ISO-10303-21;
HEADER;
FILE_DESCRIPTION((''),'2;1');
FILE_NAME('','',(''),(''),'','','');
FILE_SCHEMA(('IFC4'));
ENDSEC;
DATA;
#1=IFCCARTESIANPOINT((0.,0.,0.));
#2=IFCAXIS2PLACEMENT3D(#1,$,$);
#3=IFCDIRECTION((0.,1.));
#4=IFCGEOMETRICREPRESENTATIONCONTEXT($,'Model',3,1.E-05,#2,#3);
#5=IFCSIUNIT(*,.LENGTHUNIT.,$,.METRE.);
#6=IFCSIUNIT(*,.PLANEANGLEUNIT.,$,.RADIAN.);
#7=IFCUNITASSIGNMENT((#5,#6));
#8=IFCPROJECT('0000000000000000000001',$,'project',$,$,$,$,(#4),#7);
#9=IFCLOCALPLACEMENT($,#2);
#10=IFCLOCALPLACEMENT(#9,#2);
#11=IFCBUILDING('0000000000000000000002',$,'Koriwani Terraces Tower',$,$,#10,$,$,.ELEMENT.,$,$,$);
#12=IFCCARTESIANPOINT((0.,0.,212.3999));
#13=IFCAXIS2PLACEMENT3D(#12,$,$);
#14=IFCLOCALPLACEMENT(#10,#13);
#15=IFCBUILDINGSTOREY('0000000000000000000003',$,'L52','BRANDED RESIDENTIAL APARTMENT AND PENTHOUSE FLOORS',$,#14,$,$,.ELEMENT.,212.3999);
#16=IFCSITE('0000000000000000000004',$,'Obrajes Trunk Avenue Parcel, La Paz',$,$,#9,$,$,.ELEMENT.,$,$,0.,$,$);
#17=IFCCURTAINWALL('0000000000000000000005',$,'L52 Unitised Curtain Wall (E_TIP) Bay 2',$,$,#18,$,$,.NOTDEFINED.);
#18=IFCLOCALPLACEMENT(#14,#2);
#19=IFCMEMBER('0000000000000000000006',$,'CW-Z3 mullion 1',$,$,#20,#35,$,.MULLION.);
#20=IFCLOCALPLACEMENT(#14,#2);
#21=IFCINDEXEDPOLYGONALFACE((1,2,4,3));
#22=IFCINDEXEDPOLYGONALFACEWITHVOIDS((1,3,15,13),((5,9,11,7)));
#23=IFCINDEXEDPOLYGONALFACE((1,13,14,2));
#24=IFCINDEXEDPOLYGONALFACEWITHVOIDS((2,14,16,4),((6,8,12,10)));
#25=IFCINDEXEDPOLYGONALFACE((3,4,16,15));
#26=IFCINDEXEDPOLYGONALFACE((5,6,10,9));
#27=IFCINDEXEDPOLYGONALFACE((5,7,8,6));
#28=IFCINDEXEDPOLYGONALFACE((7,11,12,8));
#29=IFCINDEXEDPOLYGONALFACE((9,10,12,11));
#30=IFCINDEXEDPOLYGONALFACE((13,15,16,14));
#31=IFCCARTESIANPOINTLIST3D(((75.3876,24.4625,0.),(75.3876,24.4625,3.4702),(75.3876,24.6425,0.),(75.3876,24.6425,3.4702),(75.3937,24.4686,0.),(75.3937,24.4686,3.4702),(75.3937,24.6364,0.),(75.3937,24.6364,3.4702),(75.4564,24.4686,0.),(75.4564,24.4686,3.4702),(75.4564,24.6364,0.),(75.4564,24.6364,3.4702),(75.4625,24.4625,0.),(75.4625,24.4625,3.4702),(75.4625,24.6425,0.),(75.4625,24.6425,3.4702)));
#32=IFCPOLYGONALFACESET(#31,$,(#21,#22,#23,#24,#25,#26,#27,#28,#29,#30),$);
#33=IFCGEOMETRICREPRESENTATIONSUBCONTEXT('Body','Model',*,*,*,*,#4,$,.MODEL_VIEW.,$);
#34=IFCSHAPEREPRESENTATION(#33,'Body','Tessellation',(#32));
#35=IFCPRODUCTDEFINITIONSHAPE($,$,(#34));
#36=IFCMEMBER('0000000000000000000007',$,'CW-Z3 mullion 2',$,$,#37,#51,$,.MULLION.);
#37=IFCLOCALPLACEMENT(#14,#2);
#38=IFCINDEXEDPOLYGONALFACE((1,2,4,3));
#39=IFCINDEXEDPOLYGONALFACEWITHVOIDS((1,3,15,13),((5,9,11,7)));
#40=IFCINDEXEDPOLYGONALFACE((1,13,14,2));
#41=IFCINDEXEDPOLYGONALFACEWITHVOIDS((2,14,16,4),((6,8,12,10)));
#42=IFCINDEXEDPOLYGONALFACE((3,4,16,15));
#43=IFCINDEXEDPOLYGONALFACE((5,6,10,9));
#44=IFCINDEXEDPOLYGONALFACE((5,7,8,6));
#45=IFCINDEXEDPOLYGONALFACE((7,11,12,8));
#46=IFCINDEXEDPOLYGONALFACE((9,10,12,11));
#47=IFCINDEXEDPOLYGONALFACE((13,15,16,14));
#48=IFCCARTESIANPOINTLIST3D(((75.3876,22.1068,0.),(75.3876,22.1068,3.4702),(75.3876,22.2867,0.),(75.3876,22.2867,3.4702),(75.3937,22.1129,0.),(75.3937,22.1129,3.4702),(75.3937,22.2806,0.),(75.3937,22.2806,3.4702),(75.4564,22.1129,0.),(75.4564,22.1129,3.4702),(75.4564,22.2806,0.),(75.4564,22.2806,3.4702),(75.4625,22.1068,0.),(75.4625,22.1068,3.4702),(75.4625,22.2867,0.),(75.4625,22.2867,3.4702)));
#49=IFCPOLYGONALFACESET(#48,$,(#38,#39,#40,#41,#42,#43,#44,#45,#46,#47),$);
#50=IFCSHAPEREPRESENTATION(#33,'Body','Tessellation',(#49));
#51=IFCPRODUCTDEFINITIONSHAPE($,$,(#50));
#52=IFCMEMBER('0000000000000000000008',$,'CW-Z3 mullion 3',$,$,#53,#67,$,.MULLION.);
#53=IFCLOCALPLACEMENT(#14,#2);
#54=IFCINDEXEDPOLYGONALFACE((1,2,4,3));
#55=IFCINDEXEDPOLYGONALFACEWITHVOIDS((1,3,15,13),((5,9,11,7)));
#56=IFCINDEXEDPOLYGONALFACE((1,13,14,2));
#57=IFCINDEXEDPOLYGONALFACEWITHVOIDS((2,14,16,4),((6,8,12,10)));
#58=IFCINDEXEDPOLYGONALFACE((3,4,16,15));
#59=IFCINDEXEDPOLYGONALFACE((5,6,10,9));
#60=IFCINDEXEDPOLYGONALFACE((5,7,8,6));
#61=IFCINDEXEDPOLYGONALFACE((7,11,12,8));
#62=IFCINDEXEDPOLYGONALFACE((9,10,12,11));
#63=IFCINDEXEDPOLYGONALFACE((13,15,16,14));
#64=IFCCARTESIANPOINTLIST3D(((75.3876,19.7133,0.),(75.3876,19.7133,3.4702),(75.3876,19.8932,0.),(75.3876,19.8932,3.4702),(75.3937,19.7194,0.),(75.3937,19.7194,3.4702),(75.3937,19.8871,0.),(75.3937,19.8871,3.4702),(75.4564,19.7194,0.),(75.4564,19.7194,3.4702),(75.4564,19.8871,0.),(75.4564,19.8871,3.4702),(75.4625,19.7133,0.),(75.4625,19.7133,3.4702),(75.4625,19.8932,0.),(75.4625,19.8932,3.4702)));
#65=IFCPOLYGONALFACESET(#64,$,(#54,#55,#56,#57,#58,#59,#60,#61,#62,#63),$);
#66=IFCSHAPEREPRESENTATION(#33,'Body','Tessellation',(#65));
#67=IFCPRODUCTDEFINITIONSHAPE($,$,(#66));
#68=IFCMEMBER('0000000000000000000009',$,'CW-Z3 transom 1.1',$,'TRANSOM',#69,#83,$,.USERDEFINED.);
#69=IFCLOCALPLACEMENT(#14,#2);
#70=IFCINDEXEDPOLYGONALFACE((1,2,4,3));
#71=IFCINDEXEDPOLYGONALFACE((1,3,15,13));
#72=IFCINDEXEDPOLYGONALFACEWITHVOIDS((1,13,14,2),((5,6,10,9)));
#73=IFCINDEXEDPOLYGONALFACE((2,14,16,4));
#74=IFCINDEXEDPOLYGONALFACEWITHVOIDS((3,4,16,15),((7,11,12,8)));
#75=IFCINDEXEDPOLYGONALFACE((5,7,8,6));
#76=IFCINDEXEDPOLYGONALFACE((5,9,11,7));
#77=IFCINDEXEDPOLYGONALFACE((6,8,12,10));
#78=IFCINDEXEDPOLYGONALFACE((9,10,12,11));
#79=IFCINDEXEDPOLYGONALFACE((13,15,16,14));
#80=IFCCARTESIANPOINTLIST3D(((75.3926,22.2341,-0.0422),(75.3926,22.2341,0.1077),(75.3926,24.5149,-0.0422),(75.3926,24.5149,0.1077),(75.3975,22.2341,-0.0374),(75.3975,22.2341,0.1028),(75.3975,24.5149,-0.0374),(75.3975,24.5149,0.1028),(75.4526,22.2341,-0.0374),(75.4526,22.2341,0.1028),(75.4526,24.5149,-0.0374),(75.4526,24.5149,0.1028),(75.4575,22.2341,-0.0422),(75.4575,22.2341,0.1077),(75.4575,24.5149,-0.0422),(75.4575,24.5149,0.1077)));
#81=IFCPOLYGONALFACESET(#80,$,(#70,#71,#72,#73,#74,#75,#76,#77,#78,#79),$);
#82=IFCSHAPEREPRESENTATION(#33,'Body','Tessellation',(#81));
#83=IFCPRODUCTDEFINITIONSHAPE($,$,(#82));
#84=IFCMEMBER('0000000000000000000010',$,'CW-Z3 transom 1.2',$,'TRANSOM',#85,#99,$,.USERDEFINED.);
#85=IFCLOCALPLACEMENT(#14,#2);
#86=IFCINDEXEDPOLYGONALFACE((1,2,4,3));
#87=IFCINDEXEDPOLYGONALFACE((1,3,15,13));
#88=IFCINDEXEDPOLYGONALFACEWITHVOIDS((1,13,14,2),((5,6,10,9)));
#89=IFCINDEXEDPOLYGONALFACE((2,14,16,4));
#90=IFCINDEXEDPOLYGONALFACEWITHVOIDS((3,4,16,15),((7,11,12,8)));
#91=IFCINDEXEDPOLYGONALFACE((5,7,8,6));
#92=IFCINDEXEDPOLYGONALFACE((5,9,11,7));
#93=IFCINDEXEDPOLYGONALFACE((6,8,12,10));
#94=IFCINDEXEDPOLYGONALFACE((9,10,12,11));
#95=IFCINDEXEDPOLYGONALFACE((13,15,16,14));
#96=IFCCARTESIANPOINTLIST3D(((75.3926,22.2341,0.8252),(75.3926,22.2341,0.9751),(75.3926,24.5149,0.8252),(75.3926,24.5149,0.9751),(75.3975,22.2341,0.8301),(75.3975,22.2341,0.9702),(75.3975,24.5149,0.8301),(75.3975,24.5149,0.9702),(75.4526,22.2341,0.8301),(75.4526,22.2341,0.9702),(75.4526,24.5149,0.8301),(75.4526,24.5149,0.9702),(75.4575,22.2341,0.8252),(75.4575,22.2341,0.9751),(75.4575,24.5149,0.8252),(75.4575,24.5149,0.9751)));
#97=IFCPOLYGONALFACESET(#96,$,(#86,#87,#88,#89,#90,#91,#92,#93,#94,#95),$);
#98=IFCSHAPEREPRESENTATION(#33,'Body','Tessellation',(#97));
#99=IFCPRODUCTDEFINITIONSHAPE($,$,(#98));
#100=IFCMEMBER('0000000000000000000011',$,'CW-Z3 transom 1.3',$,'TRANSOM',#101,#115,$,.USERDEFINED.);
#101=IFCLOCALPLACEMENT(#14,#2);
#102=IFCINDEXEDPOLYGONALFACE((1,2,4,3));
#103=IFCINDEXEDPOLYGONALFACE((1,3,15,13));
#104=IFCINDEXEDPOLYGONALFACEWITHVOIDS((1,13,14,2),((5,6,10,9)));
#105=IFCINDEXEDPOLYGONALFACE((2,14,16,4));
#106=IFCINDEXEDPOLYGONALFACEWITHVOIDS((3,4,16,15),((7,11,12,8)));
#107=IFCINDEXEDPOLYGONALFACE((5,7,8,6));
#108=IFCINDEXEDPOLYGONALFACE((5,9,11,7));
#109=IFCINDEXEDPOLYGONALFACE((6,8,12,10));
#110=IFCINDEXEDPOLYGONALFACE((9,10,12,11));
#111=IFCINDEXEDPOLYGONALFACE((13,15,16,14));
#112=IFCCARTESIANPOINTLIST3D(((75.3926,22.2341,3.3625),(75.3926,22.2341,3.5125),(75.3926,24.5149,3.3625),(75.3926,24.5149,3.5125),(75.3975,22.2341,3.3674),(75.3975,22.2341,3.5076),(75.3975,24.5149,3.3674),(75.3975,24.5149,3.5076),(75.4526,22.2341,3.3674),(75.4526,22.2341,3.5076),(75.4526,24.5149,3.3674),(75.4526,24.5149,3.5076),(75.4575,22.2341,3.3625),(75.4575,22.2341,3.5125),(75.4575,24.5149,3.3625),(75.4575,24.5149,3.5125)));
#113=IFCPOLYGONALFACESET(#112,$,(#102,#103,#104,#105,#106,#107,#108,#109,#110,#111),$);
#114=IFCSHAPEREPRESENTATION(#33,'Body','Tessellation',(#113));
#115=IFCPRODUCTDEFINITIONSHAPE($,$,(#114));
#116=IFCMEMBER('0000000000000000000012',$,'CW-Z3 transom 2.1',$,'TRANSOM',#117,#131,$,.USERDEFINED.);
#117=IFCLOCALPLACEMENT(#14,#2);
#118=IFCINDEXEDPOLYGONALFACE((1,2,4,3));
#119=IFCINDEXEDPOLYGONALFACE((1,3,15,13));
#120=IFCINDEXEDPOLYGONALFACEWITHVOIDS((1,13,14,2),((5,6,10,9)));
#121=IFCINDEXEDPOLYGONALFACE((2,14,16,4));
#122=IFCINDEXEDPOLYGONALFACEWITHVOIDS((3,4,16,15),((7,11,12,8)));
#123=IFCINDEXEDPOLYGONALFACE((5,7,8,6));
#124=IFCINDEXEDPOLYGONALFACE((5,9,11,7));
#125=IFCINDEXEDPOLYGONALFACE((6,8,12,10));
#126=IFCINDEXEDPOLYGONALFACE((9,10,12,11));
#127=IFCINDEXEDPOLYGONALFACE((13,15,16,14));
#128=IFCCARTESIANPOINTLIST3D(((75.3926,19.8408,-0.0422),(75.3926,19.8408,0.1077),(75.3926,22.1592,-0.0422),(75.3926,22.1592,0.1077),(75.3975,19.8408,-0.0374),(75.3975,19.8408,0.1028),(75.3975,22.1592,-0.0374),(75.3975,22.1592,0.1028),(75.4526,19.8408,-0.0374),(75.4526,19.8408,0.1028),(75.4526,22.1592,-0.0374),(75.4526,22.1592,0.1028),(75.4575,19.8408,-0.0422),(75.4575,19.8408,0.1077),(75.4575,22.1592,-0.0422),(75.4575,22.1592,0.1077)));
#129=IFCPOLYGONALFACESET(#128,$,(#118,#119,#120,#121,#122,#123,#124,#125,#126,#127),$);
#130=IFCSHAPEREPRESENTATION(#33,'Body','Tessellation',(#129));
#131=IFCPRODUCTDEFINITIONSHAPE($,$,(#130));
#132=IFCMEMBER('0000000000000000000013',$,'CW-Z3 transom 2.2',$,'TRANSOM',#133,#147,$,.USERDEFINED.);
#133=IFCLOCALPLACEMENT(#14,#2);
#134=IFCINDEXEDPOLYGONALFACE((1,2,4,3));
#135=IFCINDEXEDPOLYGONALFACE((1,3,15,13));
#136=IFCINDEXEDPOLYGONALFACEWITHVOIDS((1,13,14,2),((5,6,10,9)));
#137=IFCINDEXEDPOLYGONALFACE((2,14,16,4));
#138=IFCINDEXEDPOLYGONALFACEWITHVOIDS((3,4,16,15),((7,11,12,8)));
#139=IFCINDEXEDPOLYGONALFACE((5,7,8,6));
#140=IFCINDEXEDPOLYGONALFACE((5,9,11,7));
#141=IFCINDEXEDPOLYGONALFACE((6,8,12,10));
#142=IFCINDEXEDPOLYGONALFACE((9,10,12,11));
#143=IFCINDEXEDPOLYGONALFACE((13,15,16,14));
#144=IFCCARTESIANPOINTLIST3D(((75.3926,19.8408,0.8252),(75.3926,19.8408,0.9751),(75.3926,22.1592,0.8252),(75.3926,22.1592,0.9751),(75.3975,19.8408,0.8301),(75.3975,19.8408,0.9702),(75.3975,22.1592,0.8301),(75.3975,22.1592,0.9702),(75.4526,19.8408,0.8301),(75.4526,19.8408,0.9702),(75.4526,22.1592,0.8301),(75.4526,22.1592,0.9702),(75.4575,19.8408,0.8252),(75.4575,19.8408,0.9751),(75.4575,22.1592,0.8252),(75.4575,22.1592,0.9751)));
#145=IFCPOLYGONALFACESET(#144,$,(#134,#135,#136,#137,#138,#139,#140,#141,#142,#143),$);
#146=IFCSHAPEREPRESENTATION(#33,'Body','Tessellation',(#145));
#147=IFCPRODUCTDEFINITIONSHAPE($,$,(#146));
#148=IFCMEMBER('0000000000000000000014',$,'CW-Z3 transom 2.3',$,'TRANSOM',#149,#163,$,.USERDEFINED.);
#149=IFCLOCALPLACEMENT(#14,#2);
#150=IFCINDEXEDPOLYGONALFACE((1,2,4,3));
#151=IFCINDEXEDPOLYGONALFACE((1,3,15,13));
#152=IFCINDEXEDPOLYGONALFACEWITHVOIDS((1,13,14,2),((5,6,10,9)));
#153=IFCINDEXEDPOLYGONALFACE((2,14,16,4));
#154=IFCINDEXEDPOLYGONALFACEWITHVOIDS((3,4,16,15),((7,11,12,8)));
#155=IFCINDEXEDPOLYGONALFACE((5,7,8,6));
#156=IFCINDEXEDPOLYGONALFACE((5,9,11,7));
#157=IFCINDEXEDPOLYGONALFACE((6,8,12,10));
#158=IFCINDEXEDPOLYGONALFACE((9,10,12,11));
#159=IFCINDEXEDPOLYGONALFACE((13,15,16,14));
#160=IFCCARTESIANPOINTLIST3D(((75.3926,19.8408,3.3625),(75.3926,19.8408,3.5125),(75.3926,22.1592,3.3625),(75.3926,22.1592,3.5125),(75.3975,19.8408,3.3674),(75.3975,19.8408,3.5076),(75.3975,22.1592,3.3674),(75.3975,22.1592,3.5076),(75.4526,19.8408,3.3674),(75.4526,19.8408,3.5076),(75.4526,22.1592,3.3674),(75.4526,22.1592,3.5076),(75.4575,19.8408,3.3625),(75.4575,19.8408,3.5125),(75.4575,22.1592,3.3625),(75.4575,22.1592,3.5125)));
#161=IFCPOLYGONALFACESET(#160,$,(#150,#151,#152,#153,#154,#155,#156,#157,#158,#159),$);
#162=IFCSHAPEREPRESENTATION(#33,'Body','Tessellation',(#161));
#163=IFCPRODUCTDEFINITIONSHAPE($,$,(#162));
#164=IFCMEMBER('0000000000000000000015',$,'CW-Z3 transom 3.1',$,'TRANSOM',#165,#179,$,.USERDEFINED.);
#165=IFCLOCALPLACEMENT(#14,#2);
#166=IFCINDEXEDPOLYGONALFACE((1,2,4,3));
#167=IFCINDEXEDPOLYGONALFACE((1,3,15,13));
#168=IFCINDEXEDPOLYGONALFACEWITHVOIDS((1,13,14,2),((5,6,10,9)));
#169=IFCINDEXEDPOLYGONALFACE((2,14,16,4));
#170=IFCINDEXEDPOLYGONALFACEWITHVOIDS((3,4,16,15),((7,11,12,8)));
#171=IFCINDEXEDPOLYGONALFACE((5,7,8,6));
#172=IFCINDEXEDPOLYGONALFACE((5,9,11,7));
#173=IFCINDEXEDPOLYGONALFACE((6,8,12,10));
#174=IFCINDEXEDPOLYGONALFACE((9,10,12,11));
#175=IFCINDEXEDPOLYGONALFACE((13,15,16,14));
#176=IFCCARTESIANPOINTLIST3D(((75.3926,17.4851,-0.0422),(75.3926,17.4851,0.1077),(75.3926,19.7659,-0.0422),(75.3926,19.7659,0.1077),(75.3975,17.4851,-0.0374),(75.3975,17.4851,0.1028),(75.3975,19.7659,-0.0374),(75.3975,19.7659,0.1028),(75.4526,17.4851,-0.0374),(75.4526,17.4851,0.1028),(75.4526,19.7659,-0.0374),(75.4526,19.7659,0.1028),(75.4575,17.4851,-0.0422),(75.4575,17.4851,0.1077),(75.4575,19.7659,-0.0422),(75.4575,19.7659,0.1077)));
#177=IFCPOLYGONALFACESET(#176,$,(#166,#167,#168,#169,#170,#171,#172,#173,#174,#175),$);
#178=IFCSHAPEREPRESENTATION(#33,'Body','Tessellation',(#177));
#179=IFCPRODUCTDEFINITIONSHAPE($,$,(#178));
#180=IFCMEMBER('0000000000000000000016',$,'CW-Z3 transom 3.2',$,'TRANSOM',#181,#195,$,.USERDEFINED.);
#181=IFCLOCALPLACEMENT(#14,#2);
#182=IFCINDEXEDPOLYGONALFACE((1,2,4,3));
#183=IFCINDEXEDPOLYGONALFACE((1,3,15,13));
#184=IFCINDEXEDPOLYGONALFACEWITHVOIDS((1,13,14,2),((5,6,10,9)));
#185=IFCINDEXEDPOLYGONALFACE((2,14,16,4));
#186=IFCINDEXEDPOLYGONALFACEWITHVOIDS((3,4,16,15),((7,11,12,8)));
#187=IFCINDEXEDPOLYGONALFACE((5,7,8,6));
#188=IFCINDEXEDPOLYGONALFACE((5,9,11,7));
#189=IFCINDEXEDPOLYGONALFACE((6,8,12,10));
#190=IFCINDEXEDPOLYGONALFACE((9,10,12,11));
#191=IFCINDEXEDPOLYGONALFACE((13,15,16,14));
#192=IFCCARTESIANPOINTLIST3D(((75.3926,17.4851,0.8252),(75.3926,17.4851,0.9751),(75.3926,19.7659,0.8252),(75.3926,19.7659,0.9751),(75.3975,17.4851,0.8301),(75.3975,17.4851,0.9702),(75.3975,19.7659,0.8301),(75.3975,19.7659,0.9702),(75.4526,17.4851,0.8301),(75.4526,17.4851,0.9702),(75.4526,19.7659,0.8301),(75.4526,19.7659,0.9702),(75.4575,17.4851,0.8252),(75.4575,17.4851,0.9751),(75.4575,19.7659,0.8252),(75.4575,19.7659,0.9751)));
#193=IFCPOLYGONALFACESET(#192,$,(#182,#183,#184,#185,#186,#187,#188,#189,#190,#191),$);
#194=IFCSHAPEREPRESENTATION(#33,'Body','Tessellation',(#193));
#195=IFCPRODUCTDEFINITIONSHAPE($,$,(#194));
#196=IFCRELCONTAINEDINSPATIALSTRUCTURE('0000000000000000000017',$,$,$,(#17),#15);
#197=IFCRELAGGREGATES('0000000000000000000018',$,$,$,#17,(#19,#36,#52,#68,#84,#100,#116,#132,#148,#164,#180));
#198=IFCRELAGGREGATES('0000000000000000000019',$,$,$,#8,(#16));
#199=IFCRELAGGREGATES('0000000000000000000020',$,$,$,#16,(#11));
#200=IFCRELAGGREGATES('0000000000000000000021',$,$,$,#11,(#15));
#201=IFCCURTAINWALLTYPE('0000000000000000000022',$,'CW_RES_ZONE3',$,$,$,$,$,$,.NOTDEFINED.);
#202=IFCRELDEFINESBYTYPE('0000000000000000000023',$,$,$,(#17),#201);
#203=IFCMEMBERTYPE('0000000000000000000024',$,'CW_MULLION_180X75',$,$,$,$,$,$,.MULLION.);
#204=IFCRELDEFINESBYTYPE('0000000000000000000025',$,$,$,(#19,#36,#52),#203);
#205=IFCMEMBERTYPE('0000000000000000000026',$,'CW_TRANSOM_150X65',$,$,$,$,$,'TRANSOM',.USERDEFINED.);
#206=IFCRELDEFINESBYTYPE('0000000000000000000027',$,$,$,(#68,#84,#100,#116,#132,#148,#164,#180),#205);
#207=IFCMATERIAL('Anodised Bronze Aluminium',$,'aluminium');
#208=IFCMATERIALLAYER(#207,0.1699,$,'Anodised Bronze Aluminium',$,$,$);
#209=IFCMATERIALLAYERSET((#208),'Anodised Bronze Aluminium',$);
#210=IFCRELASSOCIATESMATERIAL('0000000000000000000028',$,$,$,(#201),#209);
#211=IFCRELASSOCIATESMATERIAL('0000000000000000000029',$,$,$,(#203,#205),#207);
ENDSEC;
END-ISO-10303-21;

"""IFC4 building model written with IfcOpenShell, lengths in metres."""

from ifc_helpers import new_model, si_unit, direction, frame, origin, origin_2d, place, context, subcontext, project, spatial, hollow_rectangle, extrude, material, layer, layer_set, material_profile, profile_set, type_object, element, aggregate, save


model = new_model("IFC4")

# Units and contexts
model_context = context("Model", 3, precision=1e-05, world=origin(), true_north=direction((0.0, 1.0)))
body_context = subcontext(model_context, "Body", "Model", "MODEL_VIEW")
ifc_project = project(units=[si_unit("LENGTHUNIT", "METRE"), si_unit("PLANEANGLEUNIT", "RADIAN")], contexts=[model_context])

# Site, building, storey
site_placement = place(None, origin())
site = spatial("IfcSite", under=ifc_project, at=site_placement, Name="Obrajes Trunk Avenue Parcel, La Paz", CompositionType="ELEMENT", RefElevation=0.0)
building_placement = place(site_placement, origin())
building = spatial("IfcBuilding", under=site, at=building_placement, Name="Koriwani Terraces Tower", CompositionType="ELEMENT")
storey_placement = place(building_placement, frame((0.0, 0.0, 212.3999)))
storey = spatial("IfcBuildingStorey", under=building, at=storey_placement, Name="L52", Description="BRANDED RESIDENTIAL APARTMENT AND PENTHOUSE FLOORS", CompositionType="ELEMENT", Elevation=212.3999)

# Curtain wall, members
ifc_material_1 = material(Name="Anodised Bronze Aluminium", Category="aluminium")
ifc_layer_1 = layer(ifc_material_1, 0.1699, Name="Anodised Bronze Aluminium")
ifc_layer_set_1 = layer_set([ifc_layer_1], Name="Anodised Bronze Aluminium")
curtain_wall_type = type_object("IfcCurtainWallType", Name="CW_RES_ZONE3", PredefinedType="NOTDEFINED", material=ifc_layer_set_1)
curtain_wall_placement = place(storey_placement, origin())
curtain_wall = element("IfcCurtainWall", 1, at=curtain_wall_placement, inside=storey, type_object=curtain_wall_type, Name="L52 Unitised Curtain Wall (E_TIP) Bay 2", PredefinedType="NOTDEFINED")
ifc_material_profile_1 = material_profile(ifc_material_1, hollow_rectangle(XDim=0.075, YDim=0.1799, WallThickness=0.0061, at=origin_2d()), Name="Anodised Bronze Aluminium", Category="LoadBearing")
ifc_profile_set_1 = profile_set([ifc_material_profile_1], Name="Anodised Bronze Aluminium")
member_type_1 = type_object("IfcMemberType", Name="CW_MULLION_180X75", PredefinedType="MULLION", material=ifc_profile_set_1)
member_1_placement = place(storey_placement, frame((75.425, 24.5525, 0.0), z_axis=(0.0, 0.0, 1.0), x_axis=(1.0, 0.0, 0.0)))
member_1 = element("IfcMember", 2, at=member_1_placement, type_object=member_type_1, Name="CW-Z3 mullion 1", PredefinedType="MULLION", context=body_context, shape_type="SweptSolid", body=[
    extrude(hollow_rectangle(XDim=0.075, YDim=0.1799, WallThickness=0.0061, at=origin_2d()), origin(), (0.0, 0.0, 1.0), 3.4702),
])
member_2_placement = place(storey_placement, frame((75.425, 22.1968, 0.0), z_axis=(0.0, 0.0, 1.0), x_axis=(1.0, 0.0, 0.0)))
member_2 = element("IfcMember", 3, at=member_2_placement, type_object=member_type_1, Name="CW-Z3 mullion 2", PredefinedType="MULLION", context=body_context, shape_type="SweptSolid", body=[
    extrude(hollow_rectangle(XDim=0.075, YDim=0.1799, WallThickness=0.0061, at=origin_2d()), origin(), (0.0, 0.0, 1.0), 3.4702),
])
member_3_placement = place(storey_placement, frame((75.425, 19.8032, 0.0), z_axis=(0.0, 0.0, 1.0), x_axis=(1.0, 0.0, 0.0)))
member_3 = element("IfcMember", 4, at=member_3_placement, type_object=member_type_1, Name="CW-Z3 mullion 3", PredefinedType="MULLION", context=body_context, shape_type="SweptSolid", body=[
    extrude(hollow_rectangle(XDim=0.075, YDim=0.1799, WallThickness=0.0061, at=origin_2d()), origin(), (0.0, 0.0, 1.0), 3.4702),
])
ifc_material_profile_2 = material_profile(ifc_material_1, hollow_rectangle(XDim=0.0649, YDim=0.1499, WallThickness=0.0049, at=origin_2d()), Name="Anodised Bronze Aluminium", Category="LoadBearing")
ifc_profile_set_2 = profile_set([ifc_material_profile_2], Name="Anodised Bronze Aluminium")
member_type_2 = type_object("IfcMemberType", Name="CW_TRANSOM_150X65", ElementType="TRANSOM", PredefinedType="USERDEFINED", material=ifc_profile_set_2)
member_4_placement = place(storey_placement, frame((75.425, 24.5149, 0.0327), z_axis=(0.0, -1.0, 0.0), x_axis=(1.0, 0.0, 0.0)))
member_4 = element("IfcMember", 5, at=member_4_placement, type_object=member_type_2, Name="CW-Z3 transom 1.1", ObjectType="TRANSOM", PredefinedType="USERDEFINED", context=body_context, shape_type="SweptSolid", body=[
    extrude(hollow_rectangle(XDim=0.0649, YDim=0.1499, WallThickness=0.0049, at=origin_2d()), origin(), (0.0, 0.0, 1.0), 2.2808),
])
member_5_placement = place(storey_placement, frame((75.425, 24.5149, 0.9001), z_axis=(0.0, -1.0, 0.0), x_axis=(1.0, 0.0, 0.0)))
member_5 = element("IfcMember", 6, at=member_5_placement, type_object=member_type_2, Name="CW-Z3 transom 1.2", ObjectType="TRANSOM", PredefinedType="USERDEFINED", context=body_context, shape_type="SweptSolid", body=[
    extrude(hollow_rectangle(XDim=0.0649, YDim=0.1499, WallThickness=0.0049, at=origin_2d()), origin(), (0.0, 0.0, 1.0), 2.2808),
])
member_6_placement = place(storey_placement, frame((75.425, 24.5149, 3.4375), z_axis=(0.0, -1.0, 0.0), x_axis=(1.0, 0.0, 0.0)))
member_6 = element("IfcMember", 7, at=member_6_placement, type_object=member_type_2, Name="CW-Z3 transom 1.3", ObjectType="TRANSOM", PredefinedType="USERDEFINED", context=body_context, shape_type="SweptSolid", body=[
    extrude(hollow_rectangle(XDim=0.0649, YDim=0.1499, WallThickness=0.0049, at=origin_2d()), origin(), (0.0, 0.0, 1.0), 2.2808),
])
member_7_placement = place(storey_placement, frame((75.425, 22.1592, 0.0327), z_axis=(0.0, -1.0, 0.0), x_axis=(1.0, 0.0, 0.0)))
member_7 = element("IfcMember", 8, at=member_7_placement, type_object=member_type_2, Name="CW-Z3 transom 2.1", ObjectType="TRANSOM", PredefinedType="USERDEFINED", context=body_context, shape_type="SweptSolid", body=[
    extrude(hollow_rectangle(XDim=0.0649, YDim=0.1499, WallThickness=0.0049, at=origin_2d()), origin(), (0.0, 0.0, 1.0), 2.3184),
])
member_8_placement = place(storey_placement, frame((75.425, 22.1592, 0.9001), z_axis=(0.0, -1.0, 0.0), x_axis=(1.0, 0.0, 0.0)))
member_8 = element("IfcMember", 9, at=member_8_placement, type_object=member_type_2, Name="CW-Z3 transom 2.2", ObjectType="TRANSOM", PredefinedType="USERDEFINED", context=body_context, shape_type="SweptSolid", body=[
    extrude(hollow_rectangle(XDim=0.0649, YDim=0.1499, WallThickness=0.0049, at=origin_2d()), origin(), (0.0, 0.0, 1.0), 2.3184),
])
member_9_placement = place(storey_placement, frame((75.425, 22.1592, 3.4375), z_axis=(0.0, -1.0, 0.0), x_axis=(1.0, 0.0, 0.0)))
member_9 = element("IfcMember", 10, at=member_9_placement, type_object=member_type_2, Name="CW-Z3 transom 2.3", ObjectType="TRANSOM", PredefinedType="USERDEFINED", context=body_context, shape_type="SweptSolid", body=[
    extrude(hollow_rectangle(XDim=0.0649, YDim=0.1499, WallThickness=0.0049, at=origin_2d()), origin(), (0.0, 0.0, 1.0), 2.3184),
])
member_10_placement = place(storey_placement, frame((75.425, 19.7659, 0.0327), z_axis=(0.0, -1.0, 0.0), x_axis=(1.0, 0.0, 0.0)))
member_10 = element("IfcMember", 11, at=member_10_placement, type_object=member_type_2, Name="CW-Z3 transom 3.1", ObjectType="TRANSOM", PredefinedType="USERDEFINED", context=body_context, shape_type="SweptSolid", body=[
    extrude(hollow_rectangle(XDim=0.0649, YDim=0.1499, WallThickness=0.0049, at=origin_2d()), origin(), (0.0, 0.0, 1.0), 2.2808),
])
member_11_placement = place(storey_placement, frame((75.425, 19.7659, 0.9001), z_axis=(0.0, -1.0, 0.0), x_axis=(1.0, 0.0, 0.0)))
member_11 = element("IfcMember", 12, at=member_11_placement, type_object=member_type_2, Name="CW-Z3 transom 3.2", ObjectType="TRANSOM", PredefinedType="USERDEFINED", context=body_context, shape_type="SweptSolid", body=[
    extrude(hollow_rectangle(XDim=0.0649, YDim=0.1499, WallThickness=0.0049, at=origin_2d()), origin(), (0.0, 0.0, 1.0), 2.2808),
])
aggregate(curtain_wall, [member_1, member_2, member_3, member_4, member_5, member_6, member_7, member_8, member_9, member_10, member_11])

save(model, "model.ifc")
